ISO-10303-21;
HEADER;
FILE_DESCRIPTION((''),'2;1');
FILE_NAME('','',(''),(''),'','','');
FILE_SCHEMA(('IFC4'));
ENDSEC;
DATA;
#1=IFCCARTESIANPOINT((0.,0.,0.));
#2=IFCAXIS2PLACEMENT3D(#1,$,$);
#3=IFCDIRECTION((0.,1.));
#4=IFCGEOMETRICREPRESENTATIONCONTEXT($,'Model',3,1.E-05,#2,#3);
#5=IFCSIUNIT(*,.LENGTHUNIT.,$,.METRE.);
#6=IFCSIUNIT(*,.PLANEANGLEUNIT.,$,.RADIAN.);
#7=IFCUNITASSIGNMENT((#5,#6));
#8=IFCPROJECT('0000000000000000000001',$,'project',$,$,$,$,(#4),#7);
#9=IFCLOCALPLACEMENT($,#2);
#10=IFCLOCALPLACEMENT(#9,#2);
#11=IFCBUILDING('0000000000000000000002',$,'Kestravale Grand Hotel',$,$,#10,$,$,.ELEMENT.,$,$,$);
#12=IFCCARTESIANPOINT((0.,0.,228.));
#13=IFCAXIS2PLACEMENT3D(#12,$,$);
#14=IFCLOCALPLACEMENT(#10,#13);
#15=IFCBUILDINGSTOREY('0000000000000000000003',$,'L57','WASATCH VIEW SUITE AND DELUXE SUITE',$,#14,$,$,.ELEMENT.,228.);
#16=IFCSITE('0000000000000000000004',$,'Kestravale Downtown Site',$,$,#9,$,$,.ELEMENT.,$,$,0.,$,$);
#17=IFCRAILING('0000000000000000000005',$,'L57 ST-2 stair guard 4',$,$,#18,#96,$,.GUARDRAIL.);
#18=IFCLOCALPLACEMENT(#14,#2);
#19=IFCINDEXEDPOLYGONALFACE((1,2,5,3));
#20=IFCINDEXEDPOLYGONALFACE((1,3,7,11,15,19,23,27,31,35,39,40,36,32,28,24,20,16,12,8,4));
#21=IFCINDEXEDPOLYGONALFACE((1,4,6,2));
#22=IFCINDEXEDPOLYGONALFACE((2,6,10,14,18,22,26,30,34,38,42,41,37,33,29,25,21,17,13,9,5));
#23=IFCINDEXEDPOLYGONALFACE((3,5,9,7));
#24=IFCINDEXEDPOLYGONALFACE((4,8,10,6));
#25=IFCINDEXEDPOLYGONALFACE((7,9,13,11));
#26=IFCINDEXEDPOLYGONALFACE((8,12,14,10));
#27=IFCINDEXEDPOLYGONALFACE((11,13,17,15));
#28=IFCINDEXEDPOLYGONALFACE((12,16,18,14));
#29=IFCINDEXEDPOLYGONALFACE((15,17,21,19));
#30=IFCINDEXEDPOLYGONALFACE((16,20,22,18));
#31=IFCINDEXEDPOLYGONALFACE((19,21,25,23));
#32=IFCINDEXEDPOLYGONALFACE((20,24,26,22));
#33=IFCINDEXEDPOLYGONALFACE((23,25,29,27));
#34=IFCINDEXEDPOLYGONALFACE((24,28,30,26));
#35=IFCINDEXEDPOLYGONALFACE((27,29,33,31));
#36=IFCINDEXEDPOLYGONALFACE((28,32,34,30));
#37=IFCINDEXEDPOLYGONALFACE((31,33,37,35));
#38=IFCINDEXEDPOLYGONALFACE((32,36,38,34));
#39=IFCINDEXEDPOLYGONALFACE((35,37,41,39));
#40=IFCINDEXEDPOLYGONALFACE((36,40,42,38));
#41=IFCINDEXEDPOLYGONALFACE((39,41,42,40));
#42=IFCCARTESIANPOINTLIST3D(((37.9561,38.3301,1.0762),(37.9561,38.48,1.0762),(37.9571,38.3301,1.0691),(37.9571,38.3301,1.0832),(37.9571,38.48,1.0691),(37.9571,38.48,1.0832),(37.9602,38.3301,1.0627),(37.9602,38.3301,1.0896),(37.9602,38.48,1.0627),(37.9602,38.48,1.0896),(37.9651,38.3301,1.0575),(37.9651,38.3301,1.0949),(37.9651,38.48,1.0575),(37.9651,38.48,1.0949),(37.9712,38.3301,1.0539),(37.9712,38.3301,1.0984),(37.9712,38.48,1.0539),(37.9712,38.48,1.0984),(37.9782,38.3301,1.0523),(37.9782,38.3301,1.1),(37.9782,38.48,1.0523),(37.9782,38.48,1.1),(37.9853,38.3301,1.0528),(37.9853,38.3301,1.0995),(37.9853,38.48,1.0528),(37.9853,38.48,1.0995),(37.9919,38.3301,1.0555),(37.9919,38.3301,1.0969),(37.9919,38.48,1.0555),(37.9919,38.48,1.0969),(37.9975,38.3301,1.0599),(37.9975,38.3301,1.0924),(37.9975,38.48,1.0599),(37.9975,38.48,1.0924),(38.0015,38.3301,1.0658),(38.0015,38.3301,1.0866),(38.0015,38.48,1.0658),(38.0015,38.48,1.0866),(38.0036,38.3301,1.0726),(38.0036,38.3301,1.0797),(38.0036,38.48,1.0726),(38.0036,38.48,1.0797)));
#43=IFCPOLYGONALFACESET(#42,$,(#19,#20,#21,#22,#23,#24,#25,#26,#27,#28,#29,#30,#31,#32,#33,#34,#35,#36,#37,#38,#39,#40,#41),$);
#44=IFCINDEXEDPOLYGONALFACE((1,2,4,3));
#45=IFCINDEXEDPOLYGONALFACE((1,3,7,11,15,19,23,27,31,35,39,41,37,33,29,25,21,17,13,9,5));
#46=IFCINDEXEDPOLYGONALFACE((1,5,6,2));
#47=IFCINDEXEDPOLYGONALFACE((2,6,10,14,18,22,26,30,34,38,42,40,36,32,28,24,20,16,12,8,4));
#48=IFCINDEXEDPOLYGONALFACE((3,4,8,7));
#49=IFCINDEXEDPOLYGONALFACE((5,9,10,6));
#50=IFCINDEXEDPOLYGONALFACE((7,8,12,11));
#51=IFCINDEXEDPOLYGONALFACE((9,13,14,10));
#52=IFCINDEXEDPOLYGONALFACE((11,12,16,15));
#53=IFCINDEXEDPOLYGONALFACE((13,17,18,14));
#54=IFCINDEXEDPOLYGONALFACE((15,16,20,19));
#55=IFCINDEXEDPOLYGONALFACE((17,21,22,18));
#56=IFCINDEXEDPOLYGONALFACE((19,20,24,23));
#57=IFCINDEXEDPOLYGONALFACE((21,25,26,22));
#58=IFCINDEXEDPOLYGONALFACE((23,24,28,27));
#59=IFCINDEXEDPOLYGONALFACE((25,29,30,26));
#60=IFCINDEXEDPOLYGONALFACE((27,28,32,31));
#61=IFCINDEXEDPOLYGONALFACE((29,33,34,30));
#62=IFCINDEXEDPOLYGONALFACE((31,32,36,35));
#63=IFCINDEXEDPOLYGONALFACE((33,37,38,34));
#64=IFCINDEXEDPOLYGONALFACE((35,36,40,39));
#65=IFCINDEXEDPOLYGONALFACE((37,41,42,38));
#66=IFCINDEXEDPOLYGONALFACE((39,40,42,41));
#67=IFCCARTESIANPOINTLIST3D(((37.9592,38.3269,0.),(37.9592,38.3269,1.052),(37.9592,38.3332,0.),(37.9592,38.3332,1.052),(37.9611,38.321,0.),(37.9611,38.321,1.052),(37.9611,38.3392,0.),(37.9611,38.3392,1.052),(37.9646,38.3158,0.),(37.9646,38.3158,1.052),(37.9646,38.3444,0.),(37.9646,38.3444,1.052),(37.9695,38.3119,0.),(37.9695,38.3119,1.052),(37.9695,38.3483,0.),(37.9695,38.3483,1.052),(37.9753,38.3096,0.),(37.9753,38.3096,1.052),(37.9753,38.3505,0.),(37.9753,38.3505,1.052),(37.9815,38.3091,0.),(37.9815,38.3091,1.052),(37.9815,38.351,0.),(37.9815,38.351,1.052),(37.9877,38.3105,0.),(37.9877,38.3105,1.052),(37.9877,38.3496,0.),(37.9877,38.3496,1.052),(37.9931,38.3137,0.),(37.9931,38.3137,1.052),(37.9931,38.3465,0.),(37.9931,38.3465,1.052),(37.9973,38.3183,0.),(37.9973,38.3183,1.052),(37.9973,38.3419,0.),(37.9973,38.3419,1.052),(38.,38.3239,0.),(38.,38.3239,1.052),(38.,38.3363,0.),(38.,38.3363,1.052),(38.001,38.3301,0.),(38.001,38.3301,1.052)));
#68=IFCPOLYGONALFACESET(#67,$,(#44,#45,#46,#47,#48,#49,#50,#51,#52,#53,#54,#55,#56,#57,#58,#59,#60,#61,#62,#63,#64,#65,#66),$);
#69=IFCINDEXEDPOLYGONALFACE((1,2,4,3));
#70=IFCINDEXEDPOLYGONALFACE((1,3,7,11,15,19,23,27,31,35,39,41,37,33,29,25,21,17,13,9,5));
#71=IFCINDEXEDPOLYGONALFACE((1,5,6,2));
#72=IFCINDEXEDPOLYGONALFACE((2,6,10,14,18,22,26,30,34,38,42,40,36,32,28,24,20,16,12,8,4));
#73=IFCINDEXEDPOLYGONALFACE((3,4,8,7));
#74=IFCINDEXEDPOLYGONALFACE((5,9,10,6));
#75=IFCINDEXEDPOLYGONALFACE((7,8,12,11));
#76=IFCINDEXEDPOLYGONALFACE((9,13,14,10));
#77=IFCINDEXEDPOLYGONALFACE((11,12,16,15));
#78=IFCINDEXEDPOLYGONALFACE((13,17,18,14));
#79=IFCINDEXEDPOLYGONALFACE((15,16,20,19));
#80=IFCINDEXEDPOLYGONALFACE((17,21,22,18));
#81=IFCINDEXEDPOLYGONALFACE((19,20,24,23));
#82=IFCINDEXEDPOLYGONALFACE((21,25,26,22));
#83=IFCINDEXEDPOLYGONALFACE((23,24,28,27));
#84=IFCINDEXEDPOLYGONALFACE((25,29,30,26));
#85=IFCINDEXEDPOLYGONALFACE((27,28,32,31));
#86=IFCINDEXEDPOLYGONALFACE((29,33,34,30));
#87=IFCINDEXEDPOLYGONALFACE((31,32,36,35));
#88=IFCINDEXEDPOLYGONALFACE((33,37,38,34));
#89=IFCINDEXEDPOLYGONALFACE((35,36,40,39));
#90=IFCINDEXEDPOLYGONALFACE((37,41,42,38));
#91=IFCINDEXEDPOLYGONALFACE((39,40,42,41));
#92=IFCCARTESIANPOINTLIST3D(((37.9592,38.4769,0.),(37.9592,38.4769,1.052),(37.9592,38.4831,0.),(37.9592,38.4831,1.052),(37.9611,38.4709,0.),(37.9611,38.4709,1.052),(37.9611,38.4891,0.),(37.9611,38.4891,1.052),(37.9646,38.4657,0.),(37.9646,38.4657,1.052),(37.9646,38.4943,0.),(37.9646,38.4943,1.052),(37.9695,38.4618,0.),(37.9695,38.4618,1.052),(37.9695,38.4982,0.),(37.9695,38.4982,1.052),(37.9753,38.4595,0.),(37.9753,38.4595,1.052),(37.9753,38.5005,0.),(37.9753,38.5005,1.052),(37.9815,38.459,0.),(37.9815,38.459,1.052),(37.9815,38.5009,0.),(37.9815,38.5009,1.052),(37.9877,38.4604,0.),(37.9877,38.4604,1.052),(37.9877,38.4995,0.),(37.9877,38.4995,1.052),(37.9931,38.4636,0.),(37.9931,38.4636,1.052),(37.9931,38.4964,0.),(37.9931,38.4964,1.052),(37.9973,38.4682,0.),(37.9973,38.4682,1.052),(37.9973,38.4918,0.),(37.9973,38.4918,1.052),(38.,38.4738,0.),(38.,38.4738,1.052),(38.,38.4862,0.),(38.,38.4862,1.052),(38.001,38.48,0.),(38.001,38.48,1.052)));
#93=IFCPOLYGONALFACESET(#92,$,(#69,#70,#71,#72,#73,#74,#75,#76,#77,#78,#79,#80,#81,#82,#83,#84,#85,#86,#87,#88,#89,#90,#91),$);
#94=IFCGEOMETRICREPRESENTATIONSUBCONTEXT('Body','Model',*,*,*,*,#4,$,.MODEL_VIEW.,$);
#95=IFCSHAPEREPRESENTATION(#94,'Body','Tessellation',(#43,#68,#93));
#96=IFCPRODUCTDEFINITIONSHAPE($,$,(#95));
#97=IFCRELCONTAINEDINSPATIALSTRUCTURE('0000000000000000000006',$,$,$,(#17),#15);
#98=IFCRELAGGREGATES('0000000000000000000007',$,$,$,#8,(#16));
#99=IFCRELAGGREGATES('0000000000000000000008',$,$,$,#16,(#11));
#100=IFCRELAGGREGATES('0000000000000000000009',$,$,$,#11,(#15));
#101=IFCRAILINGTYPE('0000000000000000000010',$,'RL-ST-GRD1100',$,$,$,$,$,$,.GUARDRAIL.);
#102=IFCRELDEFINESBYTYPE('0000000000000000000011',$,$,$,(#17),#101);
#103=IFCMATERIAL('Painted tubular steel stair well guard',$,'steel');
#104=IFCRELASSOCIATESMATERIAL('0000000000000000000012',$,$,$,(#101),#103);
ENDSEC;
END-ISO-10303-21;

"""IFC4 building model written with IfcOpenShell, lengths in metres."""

from ifc_helpers import new_model, si_unit, direction, frame, origin, origin_2d, place, context, subcontext, project, spatial, circle, extrude, material, type_object, element, save


model = new_model("IFC4")

# Units and contexts
model_context = context("Model", 3, precision=1e-05, world=origin(), true_north=direction((0.0, 1.0)))
body_context = subcontext(model_context, "Body", "Model", "MODEL_VIEW")
ifc_project = project(units=[si_unit("LENGTHUNIT", "METRE"), si_unit("PLANEANGLEUNIT", "RADIAN")], contexts=[model_context])

# Site, building, storey
site_placement = place(None, origin())
site = spatial("IfcSite", under=ifc_project, at=site_placement, Name="Kestravale Downtown Site", CompositionType="ELEMENT", RefElevation=0.0)
building_placement = place(site_placement, origin())
building = spatial("IfcBuilding", under=site, at=building_placement, Name="Kestravale Grand Hotel", CompositionType="ELEMENT")
storey_placement = place(building_placement, frame((0.0, 0.0, 228.0)))
storey = spatial("IfcBuildingStorey", under=building, at=storey_placement, Name="L57", Description="WASATCH VIEW SUITE AND DELUXE SUITE", CompositionType="ELEMENT", Elevation=228.0)

# Railing
ifc_material_1 = material(Name="Painted tubular steel stair well guard", Category="steel")
railing_type_1 = type_object("IfcRailingType", Name="RL-ST-GRD1100", PredefinedType="GUARDRAIL", material=ifc_material_1)
railing_1_placement = place(storey_placement, frame((37.98, 38.3301, 0.0)))
element("IfcRailing", 1, at=railing_1_placement, inside=storey, type_object=railing_type_1, Name="L57 ST-2 stair guard 4", PredefinedType="GUARDRAIL", context=body_context, shape_type="SweptSolid", body=[
    extrude(circle(Radius=0.0239, at=origin_2d()), frame((0.0, 0.0, 1.0762), z_axis=(0.0, 1.0, 0.0), x_axis=(-1.0, 0.0, 0.0)), (0.0, 0.0, 1.0), 0.1499),
    extrude(circle(Radius=0.021, at=origin_2d()), origin(), (0.0, 0.0, 1.0), 1.052),
    extrude(circle(Radius=0.021, at=origin_2d()), frame((0.0, 0.1499, 0.0)), (0.0, 0.0, 1.0), 1.052),
])

save(model, "model.ifc")
